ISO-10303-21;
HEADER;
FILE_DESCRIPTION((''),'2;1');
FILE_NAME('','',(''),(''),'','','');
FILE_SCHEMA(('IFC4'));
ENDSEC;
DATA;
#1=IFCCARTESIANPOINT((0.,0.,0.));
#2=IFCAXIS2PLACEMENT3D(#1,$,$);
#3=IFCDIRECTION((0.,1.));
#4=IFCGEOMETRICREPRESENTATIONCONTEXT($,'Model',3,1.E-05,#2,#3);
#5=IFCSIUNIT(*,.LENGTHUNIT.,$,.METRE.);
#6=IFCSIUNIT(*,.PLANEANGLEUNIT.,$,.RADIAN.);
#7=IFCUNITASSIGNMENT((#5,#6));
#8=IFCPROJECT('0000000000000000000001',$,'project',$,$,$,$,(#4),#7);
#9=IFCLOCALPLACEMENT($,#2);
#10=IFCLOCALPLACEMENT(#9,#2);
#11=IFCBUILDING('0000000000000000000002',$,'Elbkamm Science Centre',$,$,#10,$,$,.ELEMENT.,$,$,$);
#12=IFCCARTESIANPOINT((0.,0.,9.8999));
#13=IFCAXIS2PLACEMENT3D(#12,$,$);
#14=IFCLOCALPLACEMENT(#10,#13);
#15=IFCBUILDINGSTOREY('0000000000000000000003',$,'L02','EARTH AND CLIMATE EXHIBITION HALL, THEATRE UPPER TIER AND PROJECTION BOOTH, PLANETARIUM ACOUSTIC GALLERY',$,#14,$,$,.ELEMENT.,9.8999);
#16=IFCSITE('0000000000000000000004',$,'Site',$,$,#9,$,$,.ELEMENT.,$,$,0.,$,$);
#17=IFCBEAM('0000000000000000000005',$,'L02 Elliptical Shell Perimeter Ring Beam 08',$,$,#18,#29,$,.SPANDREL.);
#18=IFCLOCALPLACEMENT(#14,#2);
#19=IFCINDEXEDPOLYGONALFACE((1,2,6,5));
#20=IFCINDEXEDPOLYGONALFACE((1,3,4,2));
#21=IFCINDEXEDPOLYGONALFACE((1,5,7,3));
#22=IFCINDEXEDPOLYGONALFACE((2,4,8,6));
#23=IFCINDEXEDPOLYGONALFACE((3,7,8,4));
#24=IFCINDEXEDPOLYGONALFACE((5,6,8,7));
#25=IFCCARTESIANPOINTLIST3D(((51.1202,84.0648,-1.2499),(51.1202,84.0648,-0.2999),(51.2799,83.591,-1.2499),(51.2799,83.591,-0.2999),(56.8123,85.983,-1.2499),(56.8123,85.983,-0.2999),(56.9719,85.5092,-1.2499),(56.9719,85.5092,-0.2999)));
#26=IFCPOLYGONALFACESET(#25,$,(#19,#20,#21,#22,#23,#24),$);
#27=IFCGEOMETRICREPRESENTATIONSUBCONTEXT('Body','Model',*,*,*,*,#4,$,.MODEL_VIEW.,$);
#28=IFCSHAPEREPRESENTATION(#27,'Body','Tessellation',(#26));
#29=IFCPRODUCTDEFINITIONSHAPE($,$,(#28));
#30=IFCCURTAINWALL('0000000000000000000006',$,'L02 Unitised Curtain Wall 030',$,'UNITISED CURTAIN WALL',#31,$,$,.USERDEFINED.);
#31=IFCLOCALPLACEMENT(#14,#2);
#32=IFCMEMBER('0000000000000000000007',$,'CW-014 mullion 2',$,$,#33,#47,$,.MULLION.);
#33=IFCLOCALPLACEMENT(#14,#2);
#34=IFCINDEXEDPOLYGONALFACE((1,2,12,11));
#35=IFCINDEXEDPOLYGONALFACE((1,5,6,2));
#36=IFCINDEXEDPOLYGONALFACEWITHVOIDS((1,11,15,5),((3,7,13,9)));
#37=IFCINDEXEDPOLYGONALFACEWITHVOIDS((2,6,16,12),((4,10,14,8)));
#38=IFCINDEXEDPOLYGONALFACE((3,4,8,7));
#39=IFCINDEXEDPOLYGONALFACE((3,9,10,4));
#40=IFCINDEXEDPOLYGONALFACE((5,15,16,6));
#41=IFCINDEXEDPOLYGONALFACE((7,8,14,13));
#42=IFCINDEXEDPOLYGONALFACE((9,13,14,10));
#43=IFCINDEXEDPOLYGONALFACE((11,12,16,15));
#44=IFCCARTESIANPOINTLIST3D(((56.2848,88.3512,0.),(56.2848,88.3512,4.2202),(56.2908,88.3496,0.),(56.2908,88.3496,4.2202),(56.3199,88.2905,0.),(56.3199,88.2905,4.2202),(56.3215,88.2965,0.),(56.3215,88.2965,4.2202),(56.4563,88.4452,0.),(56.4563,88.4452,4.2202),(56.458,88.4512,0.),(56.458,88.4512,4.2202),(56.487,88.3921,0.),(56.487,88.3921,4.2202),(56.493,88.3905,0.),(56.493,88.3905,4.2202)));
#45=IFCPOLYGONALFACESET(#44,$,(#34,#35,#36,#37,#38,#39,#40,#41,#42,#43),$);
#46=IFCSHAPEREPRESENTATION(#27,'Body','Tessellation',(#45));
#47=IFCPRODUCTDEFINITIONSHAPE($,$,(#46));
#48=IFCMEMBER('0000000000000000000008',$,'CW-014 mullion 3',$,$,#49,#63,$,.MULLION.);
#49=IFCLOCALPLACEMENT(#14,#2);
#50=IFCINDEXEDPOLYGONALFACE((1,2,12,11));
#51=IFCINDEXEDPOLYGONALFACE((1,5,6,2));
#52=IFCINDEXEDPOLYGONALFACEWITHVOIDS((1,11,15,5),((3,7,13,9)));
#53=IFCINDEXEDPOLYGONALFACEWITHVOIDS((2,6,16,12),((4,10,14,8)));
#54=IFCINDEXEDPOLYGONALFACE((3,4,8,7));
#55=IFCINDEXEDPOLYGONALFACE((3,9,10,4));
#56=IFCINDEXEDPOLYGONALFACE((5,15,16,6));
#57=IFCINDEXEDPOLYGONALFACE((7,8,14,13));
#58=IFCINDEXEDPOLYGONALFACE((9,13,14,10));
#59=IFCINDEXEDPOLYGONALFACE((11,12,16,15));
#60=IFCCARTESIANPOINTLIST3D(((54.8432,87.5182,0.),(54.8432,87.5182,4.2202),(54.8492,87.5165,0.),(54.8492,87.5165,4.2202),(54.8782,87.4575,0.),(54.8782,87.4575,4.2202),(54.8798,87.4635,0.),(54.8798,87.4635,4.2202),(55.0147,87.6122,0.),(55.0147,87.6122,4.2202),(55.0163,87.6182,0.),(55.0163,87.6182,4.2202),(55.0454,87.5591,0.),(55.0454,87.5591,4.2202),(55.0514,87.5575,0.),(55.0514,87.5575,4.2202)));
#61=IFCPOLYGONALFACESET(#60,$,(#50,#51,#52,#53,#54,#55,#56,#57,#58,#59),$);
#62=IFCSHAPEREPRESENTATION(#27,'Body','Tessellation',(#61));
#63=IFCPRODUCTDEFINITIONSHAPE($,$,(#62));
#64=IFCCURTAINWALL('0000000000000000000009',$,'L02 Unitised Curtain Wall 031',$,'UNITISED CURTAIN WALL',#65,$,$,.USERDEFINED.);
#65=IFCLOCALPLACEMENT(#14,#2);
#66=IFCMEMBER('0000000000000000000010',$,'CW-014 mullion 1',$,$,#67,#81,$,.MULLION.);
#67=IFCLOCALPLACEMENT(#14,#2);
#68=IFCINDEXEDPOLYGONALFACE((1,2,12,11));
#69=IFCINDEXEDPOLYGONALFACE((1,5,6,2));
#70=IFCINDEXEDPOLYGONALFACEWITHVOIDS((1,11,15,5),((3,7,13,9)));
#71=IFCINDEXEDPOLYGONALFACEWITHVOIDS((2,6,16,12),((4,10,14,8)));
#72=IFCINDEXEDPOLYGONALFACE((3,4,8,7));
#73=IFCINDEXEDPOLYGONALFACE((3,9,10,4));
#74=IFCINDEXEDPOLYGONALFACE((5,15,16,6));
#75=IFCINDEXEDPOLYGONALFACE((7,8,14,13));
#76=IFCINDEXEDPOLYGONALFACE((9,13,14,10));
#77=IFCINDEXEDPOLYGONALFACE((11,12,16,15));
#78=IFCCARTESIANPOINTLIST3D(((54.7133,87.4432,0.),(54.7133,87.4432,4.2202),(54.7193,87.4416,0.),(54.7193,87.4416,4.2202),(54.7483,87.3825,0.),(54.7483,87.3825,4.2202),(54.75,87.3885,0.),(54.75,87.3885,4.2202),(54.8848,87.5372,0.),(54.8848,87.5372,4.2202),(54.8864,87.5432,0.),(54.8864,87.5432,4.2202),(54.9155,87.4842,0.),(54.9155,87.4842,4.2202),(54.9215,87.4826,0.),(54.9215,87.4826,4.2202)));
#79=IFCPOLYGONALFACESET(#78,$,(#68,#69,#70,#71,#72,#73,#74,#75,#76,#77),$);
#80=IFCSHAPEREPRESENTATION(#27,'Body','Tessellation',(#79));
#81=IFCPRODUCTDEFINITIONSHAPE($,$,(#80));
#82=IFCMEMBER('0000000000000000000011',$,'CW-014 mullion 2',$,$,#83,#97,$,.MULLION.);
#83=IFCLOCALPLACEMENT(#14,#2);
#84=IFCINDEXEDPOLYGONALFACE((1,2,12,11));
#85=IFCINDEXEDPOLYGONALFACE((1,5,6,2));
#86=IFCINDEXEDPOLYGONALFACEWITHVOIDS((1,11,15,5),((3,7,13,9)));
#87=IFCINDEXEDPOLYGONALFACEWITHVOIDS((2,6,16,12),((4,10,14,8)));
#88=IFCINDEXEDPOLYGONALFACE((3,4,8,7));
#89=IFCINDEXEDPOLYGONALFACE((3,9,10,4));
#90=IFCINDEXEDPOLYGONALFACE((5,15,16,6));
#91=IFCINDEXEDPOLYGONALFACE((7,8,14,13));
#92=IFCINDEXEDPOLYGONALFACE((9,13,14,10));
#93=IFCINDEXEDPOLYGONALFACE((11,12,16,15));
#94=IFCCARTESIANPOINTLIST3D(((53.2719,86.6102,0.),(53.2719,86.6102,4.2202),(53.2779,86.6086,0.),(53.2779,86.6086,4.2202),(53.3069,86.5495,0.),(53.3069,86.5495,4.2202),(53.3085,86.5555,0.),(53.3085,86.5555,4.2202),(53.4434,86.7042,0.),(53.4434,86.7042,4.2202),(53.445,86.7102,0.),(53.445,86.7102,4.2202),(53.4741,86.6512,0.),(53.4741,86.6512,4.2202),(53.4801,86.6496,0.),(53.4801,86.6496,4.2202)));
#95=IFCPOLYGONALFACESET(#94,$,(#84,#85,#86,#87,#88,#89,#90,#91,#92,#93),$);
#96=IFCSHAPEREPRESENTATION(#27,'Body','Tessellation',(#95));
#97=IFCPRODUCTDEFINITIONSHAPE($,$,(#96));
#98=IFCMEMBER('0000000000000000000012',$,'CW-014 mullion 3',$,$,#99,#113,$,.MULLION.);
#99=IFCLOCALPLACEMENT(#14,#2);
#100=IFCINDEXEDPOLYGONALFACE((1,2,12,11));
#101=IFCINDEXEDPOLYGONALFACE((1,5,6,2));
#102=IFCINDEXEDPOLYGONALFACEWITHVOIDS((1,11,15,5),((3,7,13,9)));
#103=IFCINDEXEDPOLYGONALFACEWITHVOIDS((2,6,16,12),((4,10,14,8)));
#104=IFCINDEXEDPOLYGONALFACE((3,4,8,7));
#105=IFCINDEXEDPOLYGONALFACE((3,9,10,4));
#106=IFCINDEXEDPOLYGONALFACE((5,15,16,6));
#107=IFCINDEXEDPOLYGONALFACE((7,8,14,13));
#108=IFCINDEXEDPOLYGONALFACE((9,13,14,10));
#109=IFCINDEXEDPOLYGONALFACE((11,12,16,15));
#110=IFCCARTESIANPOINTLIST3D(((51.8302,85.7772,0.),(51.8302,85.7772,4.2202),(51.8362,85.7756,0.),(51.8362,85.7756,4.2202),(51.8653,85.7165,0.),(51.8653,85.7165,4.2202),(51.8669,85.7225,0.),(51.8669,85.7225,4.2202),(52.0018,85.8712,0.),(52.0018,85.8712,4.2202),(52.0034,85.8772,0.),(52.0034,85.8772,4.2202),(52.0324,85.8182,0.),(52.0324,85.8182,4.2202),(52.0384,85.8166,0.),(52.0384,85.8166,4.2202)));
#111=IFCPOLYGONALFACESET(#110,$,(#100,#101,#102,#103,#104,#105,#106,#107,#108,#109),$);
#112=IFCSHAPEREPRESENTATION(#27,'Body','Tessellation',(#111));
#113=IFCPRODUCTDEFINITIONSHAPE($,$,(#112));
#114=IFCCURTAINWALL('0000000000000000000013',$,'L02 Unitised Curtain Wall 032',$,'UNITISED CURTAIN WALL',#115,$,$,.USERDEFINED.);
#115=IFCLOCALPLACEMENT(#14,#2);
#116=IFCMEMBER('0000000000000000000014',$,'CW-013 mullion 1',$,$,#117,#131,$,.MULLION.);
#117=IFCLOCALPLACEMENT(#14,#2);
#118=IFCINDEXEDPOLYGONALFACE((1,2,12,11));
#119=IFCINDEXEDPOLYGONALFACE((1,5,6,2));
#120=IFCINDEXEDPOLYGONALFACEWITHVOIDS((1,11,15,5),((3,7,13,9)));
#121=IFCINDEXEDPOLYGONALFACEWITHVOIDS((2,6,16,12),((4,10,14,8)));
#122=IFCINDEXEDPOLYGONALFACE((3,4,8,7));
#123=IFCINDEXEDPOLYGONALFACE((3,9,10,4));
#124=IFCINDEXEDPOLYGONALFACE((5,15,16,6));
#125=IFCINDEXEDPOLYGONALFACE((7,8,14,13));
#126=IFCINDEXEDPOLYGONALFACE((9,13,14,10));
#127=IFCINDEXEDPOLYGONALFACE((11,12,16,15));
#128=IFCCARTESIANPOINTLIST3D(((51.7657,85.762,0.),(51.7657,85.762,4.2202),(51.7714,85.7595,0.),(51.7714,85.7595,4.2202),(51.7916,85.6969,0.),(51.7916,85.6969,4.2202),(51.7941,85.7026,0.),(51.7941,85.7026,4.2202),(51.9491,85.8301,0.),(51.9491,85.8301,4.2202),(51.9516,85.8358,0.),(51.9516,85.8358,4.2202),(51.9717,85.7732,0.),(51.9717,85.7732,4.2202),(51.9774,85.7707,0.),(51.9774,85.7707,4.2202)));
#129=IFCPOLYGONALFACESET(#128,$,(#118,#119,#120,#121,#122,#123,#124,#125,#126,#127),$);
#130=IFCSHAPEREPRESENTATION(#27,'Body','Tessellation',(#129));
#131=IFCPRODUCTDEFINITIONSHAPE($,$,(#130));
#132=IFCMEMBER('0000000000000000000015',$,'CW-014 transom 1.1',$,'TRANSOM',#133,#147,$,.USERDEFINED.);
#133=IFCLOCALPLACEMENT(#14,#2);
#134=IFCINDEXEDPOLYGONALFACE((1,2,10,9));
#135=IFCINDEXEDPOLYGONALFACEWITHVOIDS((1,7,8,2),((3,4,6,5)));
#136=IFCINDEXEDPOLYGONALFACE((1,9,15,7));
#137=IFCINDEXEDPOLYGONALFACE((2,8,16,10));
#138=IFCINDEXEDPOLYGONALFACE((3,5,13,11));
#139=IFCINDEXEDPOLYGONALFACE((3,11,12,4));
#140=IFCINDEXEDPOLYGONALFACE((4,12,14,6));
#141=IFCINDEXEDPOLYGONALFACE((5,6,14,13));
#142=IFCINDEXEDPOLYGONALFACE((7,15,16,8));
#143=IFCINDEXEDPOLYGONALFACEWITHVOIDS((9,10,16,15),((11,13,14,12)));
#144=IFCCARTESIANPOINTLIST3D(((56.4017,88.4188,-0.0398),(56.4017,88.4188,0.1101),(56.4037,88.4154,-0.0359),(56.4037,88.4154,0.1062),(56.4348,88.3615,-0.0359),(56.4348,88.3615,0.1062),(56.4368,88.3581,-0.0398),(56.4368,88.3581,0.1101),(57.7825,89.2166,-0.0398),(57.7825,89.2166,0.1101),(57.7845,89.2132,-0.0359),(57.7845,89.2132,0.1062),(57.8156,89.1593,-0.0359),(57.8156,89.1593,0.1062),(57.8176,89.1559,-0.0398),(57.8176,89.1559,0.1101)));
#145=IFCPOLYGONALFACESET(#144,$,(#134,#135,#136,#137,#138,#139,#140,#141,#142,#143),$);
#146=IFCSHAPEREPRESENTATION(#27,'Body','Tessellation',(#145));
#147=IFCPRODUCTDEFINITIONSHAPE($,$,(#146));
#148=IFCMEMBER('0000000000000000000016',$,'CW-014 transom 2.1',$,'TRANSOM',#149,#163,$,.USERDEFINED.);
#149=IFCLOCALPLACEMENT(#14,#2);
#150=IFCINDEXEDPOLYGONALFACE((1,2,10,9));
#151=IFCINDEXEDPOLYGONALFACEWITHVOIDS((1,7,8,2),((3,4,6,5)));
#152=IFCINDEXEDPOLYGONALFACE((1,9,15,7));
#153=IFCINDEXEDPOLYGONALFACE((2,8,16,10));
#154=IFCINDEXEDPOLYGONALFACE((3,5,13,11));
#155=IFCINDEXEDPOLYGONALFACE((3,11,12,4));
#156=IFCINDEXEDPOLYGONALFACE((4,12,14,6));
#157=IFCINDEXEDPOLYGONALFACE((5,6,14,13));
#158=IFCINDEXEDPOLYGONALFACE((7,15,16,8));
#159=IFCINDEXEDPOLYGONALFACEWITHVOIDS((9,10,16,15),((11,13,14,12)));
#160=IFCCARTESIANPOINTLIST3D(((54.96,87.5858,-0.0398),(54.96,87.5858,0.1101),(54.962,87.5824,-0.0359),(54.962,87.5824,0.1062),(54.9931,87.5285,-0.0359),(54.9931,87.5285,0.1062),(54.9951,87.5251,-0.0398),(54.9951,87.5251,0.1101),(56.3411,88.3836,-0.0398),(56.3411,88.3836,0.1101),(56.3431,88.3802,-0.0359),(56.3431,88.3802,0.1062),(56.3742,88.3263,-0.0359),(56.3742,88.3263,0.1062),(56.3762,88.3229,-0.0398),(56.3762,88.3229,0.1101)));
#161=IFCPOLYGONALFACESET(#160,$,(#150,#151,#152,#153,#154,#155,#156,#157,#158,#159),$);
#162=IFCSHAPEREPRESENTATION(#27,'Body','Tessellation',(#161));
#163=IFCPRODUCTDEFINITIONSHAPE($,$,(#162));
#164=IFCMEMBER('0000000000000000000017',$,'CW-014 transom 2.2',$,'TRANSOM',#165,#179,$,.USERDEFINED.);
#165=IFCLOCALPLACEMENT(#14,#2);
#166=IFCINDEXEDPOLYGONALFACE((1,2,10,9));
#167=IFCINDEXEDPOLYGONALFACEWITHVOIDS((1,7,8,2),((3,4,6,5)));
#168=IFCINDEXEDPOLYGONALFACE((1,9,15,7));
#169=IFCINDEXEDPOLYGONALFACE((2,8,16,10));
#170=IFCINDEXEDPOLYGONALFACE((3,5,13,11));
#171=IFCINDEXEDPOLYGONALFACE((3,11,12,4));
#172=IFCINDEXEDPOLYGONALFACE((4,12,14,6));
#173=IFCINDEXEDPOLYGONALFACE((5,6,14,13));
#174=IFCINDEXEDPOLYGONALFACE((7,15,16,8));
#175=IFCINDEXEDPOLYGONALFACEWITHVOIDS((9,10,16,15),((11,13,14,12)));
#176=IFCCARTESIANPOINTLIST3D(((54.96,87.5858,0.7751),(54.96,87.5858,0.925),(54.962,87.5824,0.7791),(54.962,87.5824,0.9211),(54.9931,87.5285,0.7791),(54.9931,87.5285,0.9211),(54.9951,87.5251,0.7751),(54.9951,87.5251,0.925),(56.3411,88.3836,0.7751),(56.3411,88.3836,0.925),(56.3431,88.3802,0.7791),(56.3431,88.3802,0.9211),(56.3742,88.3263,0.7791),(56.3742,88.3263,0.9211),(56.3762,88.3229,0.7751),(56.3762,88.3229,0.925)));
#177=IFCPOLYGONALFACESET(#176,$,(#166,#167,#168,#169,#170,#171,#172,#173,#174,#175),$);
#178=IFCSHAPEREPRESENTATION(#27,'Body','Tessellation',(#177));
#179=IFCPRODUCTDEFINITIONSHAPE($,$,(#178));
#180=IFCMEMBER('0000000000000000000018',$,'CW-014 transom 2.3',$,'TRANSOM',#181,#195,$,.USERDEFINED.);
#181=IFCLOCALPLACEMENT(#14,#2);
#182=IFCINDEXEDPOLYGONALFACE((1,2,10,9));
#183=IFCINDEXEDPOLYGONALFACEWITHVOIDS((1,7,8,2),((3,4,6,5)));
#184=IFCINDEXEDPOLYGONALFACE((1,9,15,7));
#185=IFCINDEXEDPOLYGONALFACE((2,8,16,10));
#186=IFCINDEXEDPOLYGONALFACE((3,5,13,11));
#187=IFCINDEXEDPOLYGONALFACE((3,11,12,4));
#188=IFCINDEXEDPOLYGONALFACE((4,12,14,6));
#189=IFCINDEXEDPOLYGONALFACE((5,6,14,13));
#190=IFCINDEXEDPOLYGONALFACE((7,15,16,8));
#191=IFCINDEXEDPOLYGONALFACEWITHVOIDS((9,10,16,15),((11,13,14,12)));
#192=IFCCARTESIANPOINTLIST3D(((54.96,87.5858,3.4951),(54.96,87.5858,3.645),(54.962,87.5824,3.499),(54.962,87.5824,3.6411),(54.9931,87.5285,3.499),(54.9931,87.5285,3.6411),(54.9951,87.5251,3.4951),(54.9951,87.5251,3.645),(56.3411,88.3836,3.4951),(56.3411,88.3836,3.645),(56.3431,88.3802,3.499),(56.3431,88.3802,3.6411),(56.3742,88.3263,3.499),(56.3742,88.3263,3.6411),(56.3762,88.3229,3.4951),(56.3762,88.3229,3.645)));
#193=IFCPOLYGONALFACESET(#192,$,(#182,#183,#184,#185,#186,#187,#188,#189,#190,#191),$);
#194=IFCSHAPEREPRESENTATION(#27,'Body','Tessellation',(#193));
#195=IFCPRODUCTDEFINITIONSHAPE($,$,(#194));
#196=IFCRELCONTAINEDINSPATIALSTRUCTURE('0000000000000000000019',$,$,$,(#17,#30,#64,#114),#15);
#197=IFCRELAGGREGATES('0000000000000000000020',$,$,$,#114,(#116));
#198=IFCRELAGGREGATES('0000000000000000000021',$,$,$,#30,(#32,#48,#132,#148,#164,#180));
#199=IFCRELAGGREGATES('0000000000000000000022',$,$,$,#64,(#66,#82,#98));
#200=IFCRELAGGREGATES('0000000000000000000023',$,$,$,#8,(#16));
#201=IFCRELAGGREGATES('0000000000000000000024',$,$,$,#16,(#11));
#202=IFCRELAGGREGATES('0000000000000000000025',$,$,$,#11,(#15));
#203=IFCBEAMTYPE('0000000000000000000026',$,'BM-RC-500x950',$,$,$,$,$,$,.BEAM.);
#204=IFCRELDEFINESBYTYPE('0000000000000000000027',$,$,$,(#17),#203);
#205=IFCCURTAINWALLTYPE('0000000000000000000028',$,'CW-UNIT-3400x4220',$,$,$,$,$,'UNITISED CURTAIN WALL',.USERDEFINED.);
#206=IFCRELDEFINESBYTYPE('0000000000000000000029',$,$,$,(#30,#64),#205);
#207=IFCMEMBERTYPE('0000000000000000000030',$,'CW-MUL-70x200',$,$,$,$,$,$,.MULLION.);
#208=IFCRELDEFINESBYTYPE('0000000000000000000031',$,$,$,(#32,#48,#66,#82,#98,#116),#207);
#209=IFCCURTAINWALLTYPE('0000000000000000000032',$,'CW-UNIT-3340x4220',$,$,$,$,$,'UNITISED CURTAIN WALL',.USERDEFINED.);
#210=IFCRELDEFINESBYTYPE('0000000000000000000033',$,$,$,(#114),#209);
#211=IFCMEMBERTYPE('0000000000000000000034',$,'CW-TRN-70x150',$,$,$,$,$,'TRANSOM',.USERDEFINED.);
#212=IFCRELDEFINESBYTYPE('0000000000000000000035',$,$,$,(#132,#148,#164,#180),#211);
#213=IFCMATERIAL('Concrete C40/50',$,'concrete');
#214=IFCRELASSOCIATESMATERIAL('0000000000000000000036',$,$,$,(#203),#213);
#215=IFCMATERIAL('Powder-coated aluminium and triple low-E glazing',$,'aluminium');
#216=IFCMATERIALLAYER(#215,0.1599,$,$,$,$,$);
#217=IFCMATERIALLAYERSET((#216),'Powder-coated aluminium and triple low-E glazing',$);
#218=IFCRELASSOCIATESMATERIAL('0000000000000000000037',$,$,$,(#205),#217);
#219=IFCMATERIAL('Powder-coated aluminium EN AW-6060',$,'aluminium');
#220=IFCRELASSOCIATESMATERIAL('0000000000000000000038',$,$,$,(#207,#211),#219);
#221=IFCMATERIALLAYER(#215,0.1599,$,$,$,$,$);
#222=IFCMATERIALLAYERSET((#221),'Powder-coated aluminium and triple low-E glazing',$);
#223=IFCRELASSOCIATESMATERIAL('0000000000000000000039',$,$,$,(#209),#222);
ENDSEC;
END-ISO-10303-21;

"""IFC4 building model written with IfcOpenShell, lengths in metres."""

from ifc_helpers import new_model, si_unit, direction, frame, origin, origin_2d, place, context, subcontext, project, spatial, rectangle, hollow_rectangle, extrude, material, layer, layer_set, material_profile, profile_set, type_object, element, aggregate, save


model = new_model("IFC4")

# Units and contexts
model_context = context("Model", 3, precision=1e-05, world=origin(), true_north=direction((0.0, 1.0)))
body_context = subcontext(model_context, "Body", "Model", "MODEL_VIEW")
ifc_project = project(units=[si_unit("LENGTHUNIT", "METRE"), si_unit("PLANEANGLEUNIT", "RADIAN")], contexts=[model_context])

# Site, building, storey
site_placement = place(None, origin())
site = spatial("IfcSite", under=ifc_project, at=site_placement, Name="Site", CompositionType="ELEMENT", RefElevation=0.0)
building_placement = place(site_placement, origin())
building = spatial("IfcBuilding", under=site, at=building_placement, Name="Elbkamm Science Centre", CompositionType="ELEMENT")
storey_placement = place(building_placement, frame((0.0, 0.0, 9.8999)))
storey = spatial("IfcBuildingStorey", under=building, at=storey_placement, Name="L02", Description="EARTH AND CLIMATE EXHIBITION HALL, THEATRE UPPER TIER AND PROJECTION BOOTH, PLANETARIUM ACOUSTIC GALLERY", CompositionType="ELEMENT", Elevation=9.8999)

# Beam
ifc_material_1 = material(Name="Concrete C40/50", Category="concrete")
ifc_material_profile_1 = material_profile(ifc_material_1, rectangle(XDim=0.5, YDim=0.95, at=origin_2d()), Name="RC 500x950")
ifc_profile_set_1 = profile_set([ifc_material_profile_1], Name="Concrete C40/50")
beam_type = type_object("IfcBeamType", Name="BM-RC-500x950", PredefinedType="BEAM", material=ifc_profile_set_1)
beam_placement = place(storey_placement, frame((56.8921, 85.7461, -0.7749), z_axis=(-0.947638, -0.319348, 0.0), x_axis=(0.319348, -0.947638, 0.0)))
element("IfcBeam", 1, at=beam_placement, inside=storey, type_object=beam_type, Name="L02 Elliptical Shell Perimeter Ring Beam 08", PredefinedType="SPANDREL", context=body_context, shape_type="SweptSolid", body=[
    extrude(rectangle(XDim=0.5, YDim=0.95, at=origin_2d()), origin(), (0.0, 0.0, 1.0), 6.0066),
])

# Curtain walls, members
ifc_material_2 = material(Name="Powder-coated aluminium and triple low-E glazing", Category="aluminium")
ifc_layer_1 = layer(ifc_material_2, 0.1599)
ifc_layer_set_1 = layer_set([ifc_layer_1], Name="Powder-coated aluminium and triple low-E glazing")
curtain_wall_type_1 = type_object("IfcCurtainWallType", Name="CW-UNIT-3400x4220", ElementType="UNITISED CURTAIN WALL", PredefinedType="USERDEFINED", material=ifc_layer_set_1)
curtain_wall_1_placement = place(storey_placement, origin())
curtain_wall_1 = element("IfcCurtainWall", 2, at=curtain_wall_1_placement, inside=storey, type_object=curtain_wall_type_1, Name="L02 Unitised Curtain Wall 030", ObjectType="UNITISED CURTAIN WALL", PredefinedType="USERDEFINED")
ifc_material_3 = material(Name="Powder-coated aluminium EN AW-6060", Category="aluminium")
ifc_material_profile_2 = material_profile(ifc_material_3, hollow_rectangle(XDim=0.0701, YDim=0.2, WallThickness=0.0044, at=origin_2d()), Name="ALU M70x200")
ifc_profile_set_2 = profile_set([ifc_material_profile_2], Name="Powder-coated aluminium EN AW-6060")
member_type_1 = type_object("IfcMemberType", Name="CW-MUL-70x200", PredefinedType="MULLION", material=ifc_profile_set_2)
member_1_placement = place(storey_placement, frame((56.3889, 88.3708, 0.0), z_axis=(0.0, 0.0, 1.0), x_axis=(0.500321, -0.86584, 0.0)))
member_1 = element("IfcMember", 3, at=member_1_placement, type_object=member_type_1, Name="CW-014 mullion 2", PredefinedType="MULLION", context=body_context, shape_type="SweptSolid", body=[
    extrude(hollow_rectangle(XDim=0.0701, YDim=0.2, WallThickness=0.0044, at=origin_2d()), origin(), (0.0, 0.0, 1.0), 4.2202),
])
member_2_placement = place(storey_placement, frame((54.9473, 87.5378, 0.0), z_axis=(0.0, 0.0, 1.0), x_axis=(0.500321, -0.86584, 0.0)))
member_2 = element("IfcMember", 4, at=member_2_placement, type_object=member_type_1, Name="CW-014 mullion 3", PredefinedType="MULLION", context=body_context, shape_type="SweptSolid", body=[
    extrude(hollow_rectangle(XDim=0.0701, YDim=0.2, WallThickness=0.0044, at=origin_2d()), origin(), (0.0, 0.0, 1.0), 4.2202),
])
curtain_wall_2_placement = place(storey_placement, origin())
curtain_wall_2 = element("IfcCurtainWall", 5, at=curtain_wall_2_placement, inside=storey, type_object=curtain_wall_type_1, Name="L02 Unitised Curtain Wall 031", ObjectType="UNITISED CURTAIN WALL", PredefinedType="USERDEFINED")
member_3_placement = place(storey_placement, frame((54.8174, 87.4629, 0.0), z_axis=(0.0, 0.0, 1.0), x_axis=(0.500321, -0.86584, 0.0)))
member_3 = element("IfcMember", 6, at=member_3_placement, type_object=member_type_1, Name="CW-014 mullion 1", PredefinedType="MULLION", context=body_context, shape_type="SweptSolid", body=[
    extrude(hollow_rectangle(XDim=0.0701, YDim=0.2, WallThickness=0.0044, at=origin_2d()), origin(), (0.0, 0.0, 1.0), 4.2202),
])
member_4_placement = place(storey_placement, frame((53.376, 86.6299, 0.0), z_axis=(0.0, 0.0, 1.0), x_axis=(0.500321, -0.86584, 0.0)))
member_4 = element("IfcMember", 7, at=member_4_placement, type_object=member_type_1, Name="CW-014 mullion 2", PredefinedType="MULLION", context=body_context, shape_type="SweptSolid", body=[
    extrude(hollow_rectangle(XDim=0.0701, YDim=0.2, WallThickness=0.0044, at=origin_2d()), origin(), (0.0, 0.0, 1.0), 4.2202),
])
member_5_placement = place(storey_placement, frame((51.9343, 85.7969, 0.0), z_axis=(0.0, 0.0, 1.0), x_axis=(0.500321, -0.86584, 0.0)))
member_5 = element("IfcMember", 8, at=member_5_placement, type_object=member_type_1, Name="CW-014 mullion 3", PredefinedType="MULLION", context=body_context, shape_type="SweptSolid", body=[
    extrude(hollow_rectangle(XDim=0.0701, YDim=0.2, WallThickness=0.0044, at=origin_2d()), origin(), (0.0, 0.0, 1.0), 4.2202),
])

# Curtain wall, member
ifc_layer_2 = layer(ifc_material_2, 0.1599)
ifc_layer_set_2 = layer_set([ifc_layer_2], Name="Powder-coated aluminium and triple low-E glazing")
curtain_wall_type_2 = type_object("IfcCurtainWallType", Name="CW-UNIT-3340x4220", ElementType="UNITISED CURTAIN WALL", PredefinedType="USERDEFINED", material=ifc_layer_set_2)
curtain_wall_3_placement = place(storey_placement, origin())
curtain_wall_3 = element("IfcCurtainWall", 9, at=curtain_wall_3_placement, inside=storey, type_object=curtain_wall_type_2, Name="L02 Unitised Curtain Wall 032", ObjectType="UNITISED CURTAIN WALL", PredefinedType="USERDEFINED")
member_6_placement = place(storey_placement, frame((51.8716, 85.7664, 0.0), z_axis=(0.0, 0.0, 1.0), x_axis=(0.36916, -0.929366, 0.0)))
member_6 = element("IfcMember", 10, at=member_6_placement, type_object=member_type_1, Name="CW-013 mullion 1", PredefinedType="MULLION", context=body_context, shape_type="SweptSolid", body=[
    extrude(hollow_rectangle(XDim=0.0701, YDim=0.2, WallThickness=0.0044, at=origin_2d()), origin(), (0.0, 0.0, 1.0), 4.2202),
])

# Members
ifc_material_profile_3 = material_profile(ifc_material_3, hollow_rectangle(XDim=0.0701, YDim=0.1499, WallThickness=0.0039, at=origin_2d()), Name="ALU T70x150")
ifc_profile_set_3 = profile_set([ifc_material_profile_3], Name="Powder-coated aluminium EN AW-6060")
member_type_2 = type_object("IfcMemberType", Name="CW-TRN-70x150", ElementType="TRANSOM", PredefinedType="USERDEFINED", material=ifc_profile_set_3)
member_7_placement = place(storey_placement, frame((57.8, 89.1863, 0.0352), z_axis=(-0.865859, -0.500288, 0.0), x_axis=(0.500288, -0.865859, 0.0)))
member_7 = element("IfcMember", 11, at=member_7_placement, type_object=member_type_2, Name="CW-014 transom 1.1", ObjectType="TRANSOM", PredefinedType="USERDEFINED", context=body_context, shape_type="SweptSolid", body=[
    extrude(hollow_rectangle(XDim=0.0701, YDim=0.1499, WallThickness=0.0039, at=origin_2d()), origin(), (0.0, 0.0, 1.0), 1.5947),
])
member_8_placement = place(storey_placement, frame((56.3586, 88.3533, 0.0352), z_axis=(-0.865897, -0.500221, 0.0), x_axis=(0.500221, -0.865897, 0.0)))
member_8 = element("IfcMember", 12, at=member_8_placement, type_object=member_type_2, Name="CW-014 transom 2.1", ObjectType="TRANSOM", PredefinedType="USERDEFINED", context=body_context, shape_type="SweptSolid", body=[
    extrude(hollow_rectangle(XDim=0.0701, YDim=0.1499, WallThickness=0.0039, at=origin_2d()), origin(), (0.0, 0.0, 1.0), 1.595),
])
member_9_placement = place(storey_placement, frame((56.3586, 88.3533, 0.8501), z_axis=(-0.865897, -0.500221, 0.0), x_axis=(0.500221, -0.865897, 0.0)))
member_9 = element("IfcMember", 13, at=member_9_placement, type_object=member_type_2, Name="CW-014 transom 2.2", ObjectType="TRANSOM", PredefinedType="USERDEFINED", context=body_context, shape_type="SweptSolid", body=[
    extrude(hollow_rectangle(XDim=0.0701, YDim=0.1499, WallThickness=0.0039, at=origin_2d()), origin(), (0.0, 0.0, 1.0), 1.595),
])
member_10_placement = place(storey_placement, frame((56.3586, 88.3533, 3.5701), z_axis=(-0.865897, -0.500221, 0.0), x_axis=(0.500221, -0.865897, 0.0)))
member_10 = element("IfcMember", 14, at=member_10_placement, type_object=member_type_2, Name="CW-014 transom 2.3", ObjectType="TRANSOM", PredefinedType="USERDEFINED", context=body_context, shape_type="SweptSolid", body=[
    extrude(hollow_rectangle(XDim=0.0701, YDim=0.1499, WallThickness=0.0039, at=origin_2d()), origin(), (0.0, 0.0, 1.0), 1.595),
])
aggregate(curtain_wall_3, [member_6])

aggregate(curtain_wall_1, [member_1, member_2, member_7, member_8, member_9, member_10])
aggregate(curtain_wall_2, [member_3, member_4, member_5])

save(model, "model.ifc")
